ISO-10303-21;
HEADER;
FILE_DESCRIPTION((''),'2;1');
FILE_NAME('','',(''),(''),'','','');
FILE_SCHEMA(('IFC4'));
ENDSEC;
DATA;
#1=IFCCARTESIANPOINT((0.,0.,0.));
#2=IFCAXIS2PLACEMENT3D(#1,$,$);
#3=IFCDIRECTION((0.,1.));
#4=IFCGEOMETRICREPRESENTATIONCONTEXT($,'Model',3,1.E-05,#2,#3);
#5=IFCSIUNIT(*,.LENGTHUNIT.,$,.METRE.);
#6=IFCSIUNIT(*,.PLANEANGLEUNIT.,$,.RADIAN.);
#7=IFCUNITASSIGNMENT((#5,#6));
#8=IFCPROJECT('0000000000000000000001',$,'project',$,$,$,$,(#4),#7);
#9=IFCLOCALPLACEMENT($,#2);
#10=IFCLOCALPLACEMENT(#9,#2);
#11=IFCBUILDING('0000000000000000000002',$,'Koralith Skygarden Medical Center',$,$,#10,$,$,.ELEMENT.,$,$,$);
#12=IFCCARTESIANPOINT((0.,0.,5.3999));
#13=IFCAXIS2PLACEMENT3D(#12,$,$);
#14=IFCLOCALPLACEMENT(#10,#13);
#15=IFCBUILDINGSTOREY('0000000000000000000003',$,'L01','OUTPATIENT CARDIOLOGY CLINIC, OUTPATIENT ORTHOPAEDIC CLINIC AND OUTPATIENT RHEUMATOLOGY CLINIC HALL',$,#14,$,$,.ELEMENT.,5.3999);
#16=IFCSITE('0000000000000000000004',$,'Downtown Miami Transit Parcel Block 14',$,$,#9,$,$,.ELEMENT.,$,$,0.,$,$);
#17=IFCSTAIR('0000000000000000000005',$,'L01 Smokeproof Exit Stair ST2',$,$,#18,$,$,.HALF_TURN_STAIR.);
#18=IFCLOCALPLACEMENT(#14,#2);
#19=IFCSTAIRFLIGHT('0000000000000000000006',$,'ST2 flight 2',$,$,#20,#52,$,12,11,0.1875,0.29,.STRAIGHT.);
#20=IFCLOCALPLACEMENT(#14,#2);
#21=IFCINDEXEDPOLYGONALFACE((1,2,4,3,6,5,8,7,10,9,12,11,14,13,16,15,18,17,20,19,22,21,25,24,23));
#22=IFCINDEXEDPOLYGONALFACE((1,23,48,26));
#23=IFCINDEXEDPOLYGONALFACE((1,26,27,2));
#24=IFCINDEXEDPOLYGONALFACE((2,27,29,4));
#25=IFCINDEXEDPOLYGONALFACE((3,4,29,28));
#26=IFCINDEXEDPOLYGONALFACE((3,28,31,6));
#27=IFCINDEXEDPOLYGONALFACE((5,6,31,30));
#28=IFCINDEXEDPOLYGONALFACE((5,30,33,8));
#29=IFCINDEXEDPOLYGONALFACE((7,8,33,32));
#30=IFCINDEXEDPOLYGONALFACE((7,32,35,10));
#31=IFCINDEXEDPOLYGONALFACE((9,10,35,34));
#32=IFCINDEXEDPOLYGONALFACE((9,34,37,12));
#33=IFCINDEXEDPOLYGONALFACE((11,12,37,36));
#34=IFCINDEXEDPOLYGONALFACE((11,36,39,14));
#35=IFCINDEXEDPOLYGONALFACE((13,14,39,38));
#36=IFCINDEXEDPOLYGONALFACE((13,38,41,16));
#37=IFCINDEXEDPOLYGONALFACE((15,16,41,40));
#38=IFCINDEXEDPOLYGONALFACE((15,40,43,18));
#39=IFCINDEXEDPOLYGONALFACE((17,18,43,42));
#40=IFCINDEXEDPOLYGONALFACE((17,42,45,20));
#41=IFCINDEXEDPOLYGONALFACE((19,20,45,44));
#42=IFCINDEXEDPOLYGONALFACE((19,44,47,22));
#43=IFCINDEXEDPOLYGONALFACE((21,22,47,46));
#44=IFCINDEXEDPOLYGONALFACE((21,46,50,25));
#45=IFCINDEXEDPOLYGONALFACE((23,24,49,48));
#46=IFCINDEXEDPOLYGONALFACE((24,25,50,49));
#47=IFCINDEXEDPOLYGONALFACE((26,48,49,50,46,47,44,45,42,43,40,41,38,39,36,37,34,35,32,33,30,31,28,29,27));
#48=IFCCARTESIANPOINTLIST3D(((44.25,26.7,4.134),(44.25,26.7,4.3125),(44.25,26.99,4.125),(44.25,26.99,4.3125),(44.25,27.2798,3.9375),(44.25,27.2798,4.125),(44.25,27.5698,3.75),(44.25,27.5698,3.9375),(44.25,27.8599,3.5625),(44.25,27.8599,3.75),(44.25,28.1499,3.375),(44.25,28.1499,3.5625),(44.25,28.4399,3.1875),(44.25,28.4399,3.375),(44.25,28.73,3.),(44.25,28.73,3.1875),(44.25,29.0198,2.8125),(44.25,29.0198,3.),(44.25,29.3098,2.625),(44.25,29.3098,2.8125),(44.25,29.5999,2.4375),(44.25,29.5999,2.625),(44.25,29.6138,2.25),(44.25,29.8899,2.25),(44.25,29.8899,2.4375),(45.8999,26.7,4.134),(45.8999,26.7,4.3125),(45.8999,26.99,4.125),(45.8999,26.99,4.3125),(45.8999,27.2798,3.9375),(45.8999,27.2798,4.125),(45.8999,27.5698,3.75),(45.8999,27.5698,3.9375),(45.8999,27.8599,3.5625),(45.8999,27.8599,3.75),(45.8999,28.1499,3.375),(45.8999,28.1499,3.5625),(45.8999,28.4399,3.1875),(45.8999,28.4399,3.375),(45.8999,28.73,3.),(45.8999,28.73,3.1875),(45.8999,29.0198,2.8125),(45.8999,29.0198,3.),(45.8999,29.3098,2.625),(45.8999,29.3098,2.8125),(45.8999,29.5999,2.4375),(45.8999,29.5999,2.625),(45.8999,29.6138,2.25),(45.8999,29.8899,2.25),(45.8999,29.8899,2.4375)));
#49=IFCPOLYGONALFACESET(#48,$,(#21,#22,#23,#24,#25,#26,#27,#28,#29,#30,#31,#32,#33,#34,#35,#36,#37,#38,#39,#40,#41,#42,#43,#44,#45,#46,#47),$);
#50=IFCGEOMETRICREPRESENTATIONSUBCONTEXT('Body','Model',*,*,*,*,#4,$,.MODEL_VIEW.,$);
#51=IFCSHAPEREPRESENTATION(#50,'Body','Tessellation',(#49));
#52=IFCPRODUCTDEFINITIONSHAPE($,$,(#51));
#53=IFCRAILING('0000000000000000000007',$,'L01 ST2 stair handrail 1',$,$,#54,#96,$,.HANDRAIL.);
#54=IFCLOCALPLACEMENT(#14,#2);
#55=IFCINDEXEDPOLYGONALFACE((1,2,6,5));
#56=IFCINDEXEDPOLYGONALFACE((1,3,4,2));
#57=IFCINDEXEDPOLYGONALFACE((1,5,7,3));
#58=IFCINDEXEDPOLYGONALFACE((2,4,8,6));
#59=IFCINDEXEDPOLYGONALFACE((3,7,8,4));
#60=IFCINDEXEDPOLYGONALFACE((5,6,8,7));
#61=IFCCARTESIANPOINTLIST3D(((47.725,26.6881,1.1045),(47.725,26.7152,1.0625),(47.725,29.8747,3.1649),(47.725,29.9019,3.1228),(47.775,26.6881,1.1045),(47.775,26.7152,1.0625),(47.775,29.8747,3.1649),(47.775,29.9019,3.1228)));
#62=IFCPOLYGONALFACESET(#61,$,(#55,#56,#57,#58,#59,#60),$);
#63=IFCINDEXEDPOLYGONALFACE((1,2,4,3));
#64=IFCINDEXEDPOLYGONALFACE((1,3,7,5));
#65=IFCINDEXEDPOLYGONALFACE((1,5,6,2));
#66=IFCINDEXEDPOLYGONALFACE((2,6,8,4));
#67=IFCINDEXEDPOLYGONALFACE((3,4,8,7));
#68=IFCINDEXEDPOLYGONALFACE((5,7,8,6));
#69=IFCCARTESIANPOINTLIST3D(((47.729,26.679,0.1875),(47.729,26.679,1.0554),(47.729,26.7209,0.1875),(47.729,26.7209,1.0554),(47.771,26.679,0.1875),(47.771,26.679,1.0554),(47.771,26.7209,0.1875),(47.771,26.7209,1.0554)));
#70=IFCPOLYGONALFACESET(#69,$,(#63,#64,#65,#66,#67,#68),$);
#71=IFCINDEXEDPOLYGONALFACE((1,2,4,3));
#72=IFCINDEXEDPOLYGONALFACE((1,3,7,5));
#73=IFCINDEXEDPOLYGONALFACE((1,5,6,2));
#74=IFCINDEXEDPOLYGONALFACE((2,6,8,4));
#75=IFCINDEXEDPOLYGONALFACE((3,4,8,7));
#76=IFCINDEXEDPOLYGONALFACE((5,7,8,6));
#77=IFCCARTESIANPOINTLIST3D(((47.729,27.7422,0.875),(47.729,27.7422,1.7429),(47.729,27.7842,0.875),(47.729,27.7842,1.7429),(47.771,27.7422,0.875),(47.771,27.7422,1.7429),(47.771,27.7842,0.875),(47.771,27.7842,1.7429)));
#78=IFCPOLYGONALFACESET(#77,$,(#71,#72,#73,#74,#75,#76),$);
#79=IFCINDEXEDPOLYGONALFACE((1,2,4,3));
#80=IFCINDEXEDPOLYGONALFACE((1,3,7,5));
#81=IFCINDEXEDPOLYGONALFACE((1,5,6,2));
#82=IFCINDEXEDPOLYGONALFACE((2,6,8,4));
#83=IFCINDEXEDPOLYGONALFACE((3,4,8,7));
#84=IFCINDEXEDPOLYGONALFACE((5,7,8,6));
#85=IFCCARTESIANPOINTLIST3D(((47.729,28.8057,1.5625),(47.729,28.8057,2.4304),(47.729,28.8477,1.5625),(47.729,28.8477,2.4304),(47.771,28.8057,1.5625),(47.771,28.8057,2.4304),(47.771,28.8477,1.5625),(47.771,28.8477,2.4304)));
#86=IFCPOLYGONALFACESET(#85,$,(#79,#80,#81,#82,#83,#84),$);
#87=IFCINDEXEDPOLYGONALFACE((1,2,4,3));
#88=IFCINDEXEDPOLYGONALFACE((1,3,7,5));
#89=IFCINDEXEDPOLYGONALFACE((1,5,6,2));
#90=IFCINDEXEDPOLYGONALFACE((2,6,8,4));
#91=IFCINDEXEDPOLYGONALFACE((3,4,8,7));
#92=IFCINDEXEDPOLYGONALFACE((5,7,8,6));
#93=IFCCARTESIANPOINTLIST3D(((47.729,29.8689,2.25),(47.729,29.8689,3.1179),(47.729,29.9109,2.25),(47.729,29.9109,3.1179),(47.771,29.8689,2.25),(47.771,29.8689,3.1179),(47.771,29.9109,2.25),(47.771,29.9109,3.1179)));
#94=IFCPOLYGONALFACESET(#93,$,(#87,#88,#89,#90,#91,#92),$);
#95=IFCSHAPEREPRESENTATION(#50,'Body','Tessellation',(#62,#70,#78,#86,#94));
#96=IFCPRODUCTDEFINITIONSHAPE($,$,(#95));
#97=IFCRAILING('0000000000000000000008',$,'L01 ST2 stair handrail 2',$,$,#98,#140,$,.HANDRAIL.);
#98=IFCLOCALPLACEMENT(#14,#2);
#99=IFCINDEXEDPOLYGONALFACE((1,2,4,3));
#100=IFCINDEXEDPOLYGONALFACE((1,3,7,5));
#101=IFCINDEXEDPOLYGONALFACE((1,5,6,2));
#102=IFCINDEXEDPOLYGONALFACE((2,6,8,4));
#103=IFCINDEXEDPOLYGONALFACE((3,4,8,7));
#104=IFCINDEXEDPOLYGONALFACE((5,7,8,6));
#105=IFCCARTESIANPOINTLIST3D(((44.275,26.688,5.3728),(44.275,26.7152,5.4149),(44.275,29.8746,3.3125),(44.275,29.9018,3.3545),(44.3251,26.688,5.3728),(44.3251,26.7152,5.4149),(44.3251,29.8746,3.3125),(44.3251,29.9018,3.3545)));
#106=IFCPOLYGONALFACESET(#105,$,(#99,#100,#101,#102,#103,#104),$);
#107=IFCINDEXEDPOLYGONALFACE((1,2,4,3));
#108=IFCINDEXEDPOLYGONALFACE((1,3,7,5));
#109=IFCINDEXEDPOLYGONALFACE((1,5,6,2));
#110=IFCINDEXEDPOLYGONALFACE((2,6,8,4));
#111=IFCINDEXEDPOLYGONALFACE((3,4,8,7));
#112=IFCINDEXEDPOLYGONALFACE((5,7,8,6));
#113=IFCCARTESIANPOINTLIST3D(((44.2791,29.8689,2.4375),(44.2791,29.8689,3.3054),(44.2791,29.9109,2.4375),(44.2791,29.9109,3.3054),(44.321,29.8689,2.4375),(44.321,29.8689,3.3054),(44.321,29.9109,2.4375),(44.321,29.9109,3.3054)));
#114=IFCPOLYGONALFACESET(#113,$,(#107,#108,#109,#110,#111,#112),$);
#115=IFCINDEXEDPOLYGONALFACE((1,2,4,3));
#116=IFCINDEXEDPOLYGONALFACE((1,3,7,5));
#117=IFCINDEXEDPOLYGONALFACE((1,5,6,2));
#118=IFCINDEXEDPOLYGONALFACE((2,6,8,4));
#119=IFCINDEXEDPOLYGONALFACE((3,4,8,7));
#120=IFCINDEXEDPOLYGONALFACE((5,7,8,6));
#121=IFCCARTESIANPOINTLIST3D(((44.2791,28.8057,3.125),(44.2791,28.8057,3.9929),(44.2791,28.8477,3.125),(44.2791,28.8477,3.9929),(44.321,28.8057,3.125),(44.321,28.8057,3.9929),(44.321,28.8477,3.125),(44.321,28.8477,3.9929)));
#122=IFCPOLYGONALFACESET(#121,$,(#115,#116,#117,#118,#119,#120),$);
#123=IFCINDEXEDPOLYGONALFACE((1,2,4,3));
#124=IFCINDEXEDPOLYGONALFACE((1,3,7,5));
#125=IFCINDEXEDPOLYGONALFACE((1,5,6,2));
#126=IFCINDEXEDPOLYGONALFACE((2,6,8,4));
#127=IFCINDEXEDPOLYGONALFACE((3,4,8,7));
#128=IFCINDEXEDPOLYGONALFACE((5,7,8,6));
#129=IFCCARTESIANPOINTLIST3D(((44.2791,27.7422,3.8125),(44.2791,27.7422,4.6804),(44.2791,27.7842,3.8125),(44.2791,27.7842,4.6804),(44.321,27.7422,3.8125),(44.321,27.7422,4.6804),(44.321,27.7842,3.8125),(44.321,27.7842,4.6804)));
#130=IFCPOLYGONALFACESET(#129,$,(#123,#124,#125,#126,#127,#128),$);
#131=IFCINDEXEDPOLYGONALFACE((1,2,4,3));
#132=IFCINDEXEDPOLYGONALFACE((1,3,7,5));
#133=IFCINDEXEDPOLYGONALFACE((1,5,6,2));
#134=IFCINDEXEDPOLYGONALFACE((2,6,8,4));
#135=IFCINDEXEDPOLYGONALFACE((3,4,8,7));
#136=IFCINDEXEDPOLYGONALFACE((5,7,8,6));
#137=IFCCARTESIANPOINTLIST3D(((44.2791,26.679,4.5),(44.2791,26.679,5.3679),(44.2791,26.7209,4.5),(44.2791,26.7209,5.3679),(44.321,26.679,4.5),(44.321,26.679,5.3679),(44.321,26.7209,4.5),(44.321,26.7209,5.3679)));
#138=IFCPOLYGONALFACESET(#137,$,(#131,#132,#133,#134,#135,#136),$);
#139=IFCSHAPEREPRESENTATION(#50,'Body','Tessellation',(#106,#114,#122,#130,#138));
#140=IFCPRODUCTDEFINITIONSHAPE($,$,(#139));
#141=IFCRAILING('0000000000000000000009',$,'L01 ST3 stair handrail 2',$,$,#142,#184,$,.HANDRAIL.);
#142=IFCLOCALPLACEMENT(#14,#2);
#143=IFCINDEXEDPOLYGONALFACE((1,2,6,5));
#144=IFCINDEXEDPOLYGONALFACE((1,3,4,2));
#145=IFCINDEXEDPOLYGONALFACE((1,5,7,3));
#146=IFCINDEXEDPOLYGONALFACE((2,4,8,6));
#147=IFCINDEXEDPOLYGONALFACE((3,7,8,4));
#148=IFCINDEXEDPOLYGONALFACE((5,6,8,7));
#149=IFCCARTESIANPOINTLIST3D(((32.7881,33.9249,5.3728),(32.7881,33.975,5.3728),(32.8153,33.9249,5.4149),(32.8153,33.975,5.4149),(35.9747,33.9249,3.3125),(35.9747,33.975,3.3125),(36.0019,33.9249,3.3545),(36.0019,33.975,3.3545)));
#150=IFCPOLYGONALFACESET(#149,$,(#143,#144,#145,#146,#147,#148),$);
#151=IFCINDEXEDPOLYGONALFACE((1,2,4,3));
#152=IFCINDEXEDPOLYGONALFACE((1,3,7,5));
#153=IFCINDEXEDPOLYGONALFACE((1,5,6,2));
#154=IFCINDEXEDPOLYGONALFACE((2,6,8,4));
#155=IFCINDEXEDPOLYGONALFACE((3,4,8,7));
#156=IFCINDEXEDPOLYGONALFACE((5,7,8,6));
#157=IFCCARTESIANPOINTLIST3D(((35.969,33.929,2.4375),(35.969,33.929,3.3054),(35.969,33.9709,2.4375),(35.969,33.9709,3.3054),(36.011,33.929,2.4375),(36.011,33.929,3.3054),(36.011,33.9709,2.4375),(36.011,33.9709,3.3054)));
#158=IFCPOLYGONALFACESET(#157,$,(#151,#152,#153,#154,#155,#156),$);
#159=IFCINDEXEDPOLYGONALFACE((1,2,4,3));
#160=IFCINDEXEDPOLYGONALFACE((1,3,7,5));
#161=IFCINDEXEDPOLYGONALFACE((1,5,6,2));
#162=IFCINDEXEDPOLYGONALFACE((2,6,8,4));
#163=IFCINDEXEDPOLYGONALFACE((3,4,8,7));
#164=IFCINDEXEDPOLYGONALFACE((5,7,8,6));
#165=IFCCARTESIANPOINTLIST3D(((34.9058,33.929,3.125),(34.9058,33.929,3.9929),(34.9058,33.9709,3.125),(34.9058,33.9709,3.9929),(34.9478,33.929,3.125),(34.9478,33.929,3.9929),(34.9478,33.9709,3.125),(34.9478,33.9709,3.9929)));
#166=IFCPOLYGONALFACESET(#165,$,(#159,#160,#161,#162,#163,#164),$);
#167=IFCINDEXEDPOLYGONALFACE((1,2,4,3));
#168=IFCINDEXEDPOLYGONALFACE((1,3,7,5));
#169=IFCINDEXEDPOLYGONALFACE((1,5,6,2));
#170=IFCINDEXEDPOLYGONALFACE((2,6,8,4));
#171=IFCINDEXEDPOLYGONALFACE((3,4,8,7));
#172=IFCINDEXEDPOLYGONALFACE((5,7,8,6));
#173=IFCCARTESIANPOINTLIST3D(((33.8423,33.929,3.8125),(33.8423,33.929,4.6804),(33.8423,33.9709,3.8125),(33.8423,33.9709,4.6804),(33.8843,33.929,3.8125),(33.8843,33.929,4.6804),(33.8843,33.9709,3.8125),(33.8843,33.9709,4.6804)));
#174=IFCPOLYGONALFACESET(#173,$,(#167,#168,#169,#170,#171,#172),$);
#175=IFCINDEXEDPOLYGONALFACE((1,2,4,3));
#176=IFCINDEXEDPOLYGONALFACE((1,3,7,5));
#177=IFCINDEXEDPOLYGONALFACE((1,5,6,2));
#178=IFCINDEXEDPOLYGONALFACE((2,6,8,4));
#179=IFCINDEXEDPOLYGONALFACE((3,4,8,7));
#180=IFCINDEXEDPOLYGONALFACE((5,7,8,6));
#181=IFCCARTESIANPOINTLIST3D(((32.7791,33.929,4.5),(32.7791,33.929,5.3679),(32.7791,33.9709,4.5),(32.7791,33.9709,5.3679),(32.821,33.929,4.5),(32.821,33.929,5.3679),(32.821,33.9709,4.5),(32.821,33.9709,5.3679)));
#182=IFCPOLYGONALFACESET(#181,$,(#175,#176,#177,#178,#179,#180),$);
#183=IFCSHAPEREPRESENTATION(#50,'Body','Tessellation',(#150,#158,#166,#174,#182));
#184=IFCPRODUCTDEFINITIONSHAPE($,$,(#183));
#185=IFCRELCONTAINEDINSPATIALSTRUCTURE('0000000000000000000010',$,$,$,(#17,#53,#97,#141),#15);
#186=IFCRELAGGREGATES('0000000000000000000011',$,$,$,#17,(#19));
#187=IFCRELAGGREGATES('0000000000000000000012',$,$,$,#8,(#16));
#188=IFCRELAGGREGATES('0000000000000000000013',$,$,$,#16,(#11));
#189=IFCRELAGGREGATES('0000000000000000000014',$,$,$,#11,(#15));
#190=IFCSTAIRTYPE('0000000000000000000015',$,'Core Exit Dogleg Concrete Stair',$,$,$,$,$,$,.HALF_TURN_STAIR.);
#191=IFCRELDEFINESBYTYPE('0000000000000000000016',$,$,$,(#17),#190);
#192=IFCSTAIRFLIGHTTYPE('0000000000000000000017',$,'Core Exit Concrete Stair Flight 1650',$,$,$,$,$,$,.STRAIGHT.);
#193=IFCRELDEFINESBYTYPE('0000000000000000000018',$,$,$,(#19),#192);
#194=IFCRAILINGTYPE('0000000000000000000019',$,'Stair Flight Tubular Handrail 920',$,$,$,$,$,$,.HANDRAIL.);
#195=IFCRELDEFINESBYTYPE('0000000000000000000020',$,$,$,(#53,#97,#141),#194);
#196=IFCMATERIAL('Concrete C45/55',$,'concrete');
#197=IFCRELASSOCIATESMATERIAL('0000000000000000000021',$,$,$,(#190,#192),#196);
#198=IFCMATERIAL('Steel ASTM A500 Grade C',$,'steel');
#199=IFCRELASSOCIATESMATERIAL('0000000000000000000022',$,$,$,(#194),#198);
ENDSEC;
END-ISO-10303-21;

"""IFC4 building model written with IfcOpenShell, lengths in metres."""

from ifc_helpers import new_model, si_unit, direction, frame, origin, origin_2d, place, context, subcontext, project, spatial, polyline, rectangle, outline, extrude, material, type_object, element, aggregate, save


model = new_model("IFC4")

# Units and contexts
model_context = context("Model", 3, precision=1e-05, world=origin(), true_north=direction((0.0, 1.0)))
body_context = subcontext(model_context, "Body", "Model", "MODEL_VIEW")
ifc_project = project(units=[si_unit("LENGTHUNIT", "METRE"), si_unit("PLANEANGLEUNIT", "RADIAN")], contexts=[model_context])

# Site, building, storey
site_placement = place(None, origin())
site = spatial("IfcSite", under=ifc_project, at=site_placement, Name="Downtown Miami Transit Parcel Block 14", CompositionType="ELEMENT", RefElevation=0.0)
building_placement = place(site_placement, origin())
building = spatial("IfcBuilding", under=site, at=building_placement, Name="Koralith Skygarden Medical Center", CompositionType="ELEMENT")
storey_placement = place(building_placement, frame((0.0, 0.0, 5.3999)))
storey = spatial("IfcBuildingStorey", under=building, at=storey_placement, Name="L01", Description="OUTPATIENT CARDIOLOGY CLINIC, OUTPATIENT ORTHOPAEDIC CLINIC AND OUTPATIENT RHEUMATOLOGY CLINIC HALL", CompositionType="ELEMENT", Elevation=5.3999)

# Shared definitions
ifc_material_1 = material(Name="Concrete C45/55", Category="concrete")

# Stair, stair flight
stair_type = type_object("IfcStairType", Name="Core Exit Dogleg Concrete Stair", PredefinedType="HALF_TURN_STAIR", material=ifc_material_1)
stair_placement = place(storey_placement, origin())
stair = element("IfcStair", 1, at=stair_placement, inside=storey, type_object=stair_type, Name="L01 Smokeproof Exit Stair ST2", PredefinedType="HALF_TURN_STAIR")
stair_flight_type = type_object("IfcStairFlightType", Name="Core Exit Concrete Stair Flight 1650", PredefinedType="STRAIGHT", material=ifc_material_1)
stair_flight_1_placement = place(storey_placement, frame((45.075, 29.8899, 2.25), z_axis=(0.0, 0.0, 1.0), x_axis=(0.0, -1.0, 0.0)))
stair_flight_1 = element("IfcStairFlight", 2, at=stair_flight_1_placement, type_object=stair_flight_type, Name="ST2 flight 2", NumberOfRisers=12, NumberOfTreads=11, PredefinedType="STRAIGHT", RiserHeight=0.1875, TreadLength=0.29, context=body_context, shape_type="SweptSolid", body=[
    extrude(outline(polyline([(0.0, 0.0), (0.0, 0.1875), (0.29, 0.1875), (0.29, 0.375), (0.5801, 0.375), (0.5801, 0.5625), (0.8701, 0.5625), (0.8701, 0.75), (1.1599, 0.75), (1.1599, 0.9375), (1.45, 0.9375), (1.45, 1.125), (1.74, 1.125), (1.74, 1.3125), (2.03, 1.3125), (2.03, 1.5), (2.3201, 1.5), (2.3201, 1.6875), (2.6101, 1.6875), (2.6101, 1.875), (2.8999, 1.875), (2.8999, 2.0625), (3.1899, 2.0625), (3.1899, 2.25), (3.1899, 1.884), (0.2761, 0.0), (0.0, 0.0)])), frame((0.0, 0.825, 0.0), z_axis=(0.0, -1.0, 0.0), x_axis=(1.0, 0.0, 0.0)), (0.0, 0.0, 1.0), 1.6499),
])
aggregate(stair, [stair_flight_1])

# Railings
ifc_material_2 = material(Name="Steel ASTM A500 Grade C", Category="steel")
railing_type_1 = type_object("IfcRailingType", Name="Stair Flight Tubular Handrail 920", PredefinedType="HANDRAIL", material=ifc_material_2)
railing_1_placement = place(storey_placement, frame((47.75, 26.7, 0.1875)))
element("IfcRailing", 3, at=railing_1_placement, inside=storey, type_object=railing_type_1, Name="L01 ST2 stair handrail 1", PredefinedType="HANDRAIL", context=body_context, shape_type="SweptSolid", body=[
    extrude(rectangle(XDim=0.05, YDim=0.05, at=origin_2d()), frame((0.0, 0.0017, 0.896), z_axis=(0.0, 0.83976, 0.542958), x_axis=(-1.0, 0.0, 0.0)), (0.0, 0.0, 1.0), 3.7947),
    extrude(rectangle(XDim=0.042, YDim=0.042, at=origin_2d()), origin(), (0.0, 0.0, 1.0), 0.8679),
    extrude(rectangle(XDim=0.042, YDim=0.042, at=origin_2d()), frame((0.0, 1.0632, 0.6875)), (0.0, 0.0, 1.0), 0.8679),
    extrude(rectangle(XDim=0.042, YDim=0.042, at=origin_2d()), frame((0.0, 2.1267, 1.375)), (0.0, 0.0, 1.0), 0.8679),
    extrude(rectangle(XDim=0.042, YDim=0.042, at=origin_2d()), frame((0.0, 3.1899, 2.0625)), (0.0, 0.0, 1.0), 0.8679),
])
railing_2_placement = place(storey_placement, frame((44.3, 29.8899, 2.4375)))
element("IfcRailing", 4, at=railing_2_placement, inside=storey, type_object=railing_type_1, Name="L01 ST2 stair handrail 2", PredefinedType="HANDRAIL", context=body_context, shape_type="SweptSolid", body=[
    extrude(rectangle(XDim=0.05, YDim=0.05, at=origin_2d()), frame((0.0, -0.0017, 0.896), z_axis=(0.0, -0.83976, 0.542958), x_axis=(1.0, 0.0, 0.0)), (0.0, 0.0, 1.0), 3.7947),
    extrude(rectangle(XDim=0.042, YDim=0.042, at=origin_2d()), origin(), (0.0, 0.0, 1.0), 0.8679),
    extrude(rectangle(XDim=0.042, YDim=0.042, at=origin_2d()), frame((0.0, -1.0632, 0.6875)), (0.0, 0.0, 1.0), 0.8679),
    extrude(rectangle(XDim=0.042, YDim=0.042, at=origin_2d()), frame((0.0, -2.1267, 1.375)), (0.0, 0.0, 1.0), 0.8679),
    extrude(rectangle(XDim=0.042, YDim=0.042, at=origin_2d()), frame((0.0, -3.1899, 2.0625)), (0.0, 0.0, 1.0), 0.8679),
])
railing_3_placement = place(storey_placement, frame((35.99, 33.95, 2.4375)))
element("IfcRailing", 5, at=railing_3_placement, inside=storey, type_object=railing_type_1, Name="L01 ST3 stair handrail 2", PredefinedType="HANDRAIL", context=body_context, shape_type="SweptSolid", body=[
    extrude(rectangle(XDim=0.05, YDim=0.05, at=origin_2d()), frame((-0.0017, 0.0, 0.896), z_axis=(-0.83976, 0.0, 0.542958), x_axis=(0.0, -1.0, 0.0)), (0.0, 0.0, 1.0), 3.7947),
    extrude(rectangle(XDim=0.042, YDim=0.042, at=origin_2d()), origin(), (0.0, 0.0, 1.0), 0.8679),
    extrude(rectangle(XDim=0.042, YDim=0.042, at=origin_2d()), frame((-1.0632, 0.0, 0.6875)), (0.0, 0.0, 1.0), 0.8679),
    extrude(rectangle(XDim=0.042, YDim=0.042, at=origin_2d()), frame((-2.1267, 0.0, 1.375)), (0.0, 0.0, 1.0), 0.8679),
    extrude(rectangle(XDim=0.042, YDim=0.042, at=origin_2d()), frame((-3.1899, 0.0, 2.0625)), (0.0, 0.0, 1.0), 0.8679),
])

save(model, "model.ifc")
